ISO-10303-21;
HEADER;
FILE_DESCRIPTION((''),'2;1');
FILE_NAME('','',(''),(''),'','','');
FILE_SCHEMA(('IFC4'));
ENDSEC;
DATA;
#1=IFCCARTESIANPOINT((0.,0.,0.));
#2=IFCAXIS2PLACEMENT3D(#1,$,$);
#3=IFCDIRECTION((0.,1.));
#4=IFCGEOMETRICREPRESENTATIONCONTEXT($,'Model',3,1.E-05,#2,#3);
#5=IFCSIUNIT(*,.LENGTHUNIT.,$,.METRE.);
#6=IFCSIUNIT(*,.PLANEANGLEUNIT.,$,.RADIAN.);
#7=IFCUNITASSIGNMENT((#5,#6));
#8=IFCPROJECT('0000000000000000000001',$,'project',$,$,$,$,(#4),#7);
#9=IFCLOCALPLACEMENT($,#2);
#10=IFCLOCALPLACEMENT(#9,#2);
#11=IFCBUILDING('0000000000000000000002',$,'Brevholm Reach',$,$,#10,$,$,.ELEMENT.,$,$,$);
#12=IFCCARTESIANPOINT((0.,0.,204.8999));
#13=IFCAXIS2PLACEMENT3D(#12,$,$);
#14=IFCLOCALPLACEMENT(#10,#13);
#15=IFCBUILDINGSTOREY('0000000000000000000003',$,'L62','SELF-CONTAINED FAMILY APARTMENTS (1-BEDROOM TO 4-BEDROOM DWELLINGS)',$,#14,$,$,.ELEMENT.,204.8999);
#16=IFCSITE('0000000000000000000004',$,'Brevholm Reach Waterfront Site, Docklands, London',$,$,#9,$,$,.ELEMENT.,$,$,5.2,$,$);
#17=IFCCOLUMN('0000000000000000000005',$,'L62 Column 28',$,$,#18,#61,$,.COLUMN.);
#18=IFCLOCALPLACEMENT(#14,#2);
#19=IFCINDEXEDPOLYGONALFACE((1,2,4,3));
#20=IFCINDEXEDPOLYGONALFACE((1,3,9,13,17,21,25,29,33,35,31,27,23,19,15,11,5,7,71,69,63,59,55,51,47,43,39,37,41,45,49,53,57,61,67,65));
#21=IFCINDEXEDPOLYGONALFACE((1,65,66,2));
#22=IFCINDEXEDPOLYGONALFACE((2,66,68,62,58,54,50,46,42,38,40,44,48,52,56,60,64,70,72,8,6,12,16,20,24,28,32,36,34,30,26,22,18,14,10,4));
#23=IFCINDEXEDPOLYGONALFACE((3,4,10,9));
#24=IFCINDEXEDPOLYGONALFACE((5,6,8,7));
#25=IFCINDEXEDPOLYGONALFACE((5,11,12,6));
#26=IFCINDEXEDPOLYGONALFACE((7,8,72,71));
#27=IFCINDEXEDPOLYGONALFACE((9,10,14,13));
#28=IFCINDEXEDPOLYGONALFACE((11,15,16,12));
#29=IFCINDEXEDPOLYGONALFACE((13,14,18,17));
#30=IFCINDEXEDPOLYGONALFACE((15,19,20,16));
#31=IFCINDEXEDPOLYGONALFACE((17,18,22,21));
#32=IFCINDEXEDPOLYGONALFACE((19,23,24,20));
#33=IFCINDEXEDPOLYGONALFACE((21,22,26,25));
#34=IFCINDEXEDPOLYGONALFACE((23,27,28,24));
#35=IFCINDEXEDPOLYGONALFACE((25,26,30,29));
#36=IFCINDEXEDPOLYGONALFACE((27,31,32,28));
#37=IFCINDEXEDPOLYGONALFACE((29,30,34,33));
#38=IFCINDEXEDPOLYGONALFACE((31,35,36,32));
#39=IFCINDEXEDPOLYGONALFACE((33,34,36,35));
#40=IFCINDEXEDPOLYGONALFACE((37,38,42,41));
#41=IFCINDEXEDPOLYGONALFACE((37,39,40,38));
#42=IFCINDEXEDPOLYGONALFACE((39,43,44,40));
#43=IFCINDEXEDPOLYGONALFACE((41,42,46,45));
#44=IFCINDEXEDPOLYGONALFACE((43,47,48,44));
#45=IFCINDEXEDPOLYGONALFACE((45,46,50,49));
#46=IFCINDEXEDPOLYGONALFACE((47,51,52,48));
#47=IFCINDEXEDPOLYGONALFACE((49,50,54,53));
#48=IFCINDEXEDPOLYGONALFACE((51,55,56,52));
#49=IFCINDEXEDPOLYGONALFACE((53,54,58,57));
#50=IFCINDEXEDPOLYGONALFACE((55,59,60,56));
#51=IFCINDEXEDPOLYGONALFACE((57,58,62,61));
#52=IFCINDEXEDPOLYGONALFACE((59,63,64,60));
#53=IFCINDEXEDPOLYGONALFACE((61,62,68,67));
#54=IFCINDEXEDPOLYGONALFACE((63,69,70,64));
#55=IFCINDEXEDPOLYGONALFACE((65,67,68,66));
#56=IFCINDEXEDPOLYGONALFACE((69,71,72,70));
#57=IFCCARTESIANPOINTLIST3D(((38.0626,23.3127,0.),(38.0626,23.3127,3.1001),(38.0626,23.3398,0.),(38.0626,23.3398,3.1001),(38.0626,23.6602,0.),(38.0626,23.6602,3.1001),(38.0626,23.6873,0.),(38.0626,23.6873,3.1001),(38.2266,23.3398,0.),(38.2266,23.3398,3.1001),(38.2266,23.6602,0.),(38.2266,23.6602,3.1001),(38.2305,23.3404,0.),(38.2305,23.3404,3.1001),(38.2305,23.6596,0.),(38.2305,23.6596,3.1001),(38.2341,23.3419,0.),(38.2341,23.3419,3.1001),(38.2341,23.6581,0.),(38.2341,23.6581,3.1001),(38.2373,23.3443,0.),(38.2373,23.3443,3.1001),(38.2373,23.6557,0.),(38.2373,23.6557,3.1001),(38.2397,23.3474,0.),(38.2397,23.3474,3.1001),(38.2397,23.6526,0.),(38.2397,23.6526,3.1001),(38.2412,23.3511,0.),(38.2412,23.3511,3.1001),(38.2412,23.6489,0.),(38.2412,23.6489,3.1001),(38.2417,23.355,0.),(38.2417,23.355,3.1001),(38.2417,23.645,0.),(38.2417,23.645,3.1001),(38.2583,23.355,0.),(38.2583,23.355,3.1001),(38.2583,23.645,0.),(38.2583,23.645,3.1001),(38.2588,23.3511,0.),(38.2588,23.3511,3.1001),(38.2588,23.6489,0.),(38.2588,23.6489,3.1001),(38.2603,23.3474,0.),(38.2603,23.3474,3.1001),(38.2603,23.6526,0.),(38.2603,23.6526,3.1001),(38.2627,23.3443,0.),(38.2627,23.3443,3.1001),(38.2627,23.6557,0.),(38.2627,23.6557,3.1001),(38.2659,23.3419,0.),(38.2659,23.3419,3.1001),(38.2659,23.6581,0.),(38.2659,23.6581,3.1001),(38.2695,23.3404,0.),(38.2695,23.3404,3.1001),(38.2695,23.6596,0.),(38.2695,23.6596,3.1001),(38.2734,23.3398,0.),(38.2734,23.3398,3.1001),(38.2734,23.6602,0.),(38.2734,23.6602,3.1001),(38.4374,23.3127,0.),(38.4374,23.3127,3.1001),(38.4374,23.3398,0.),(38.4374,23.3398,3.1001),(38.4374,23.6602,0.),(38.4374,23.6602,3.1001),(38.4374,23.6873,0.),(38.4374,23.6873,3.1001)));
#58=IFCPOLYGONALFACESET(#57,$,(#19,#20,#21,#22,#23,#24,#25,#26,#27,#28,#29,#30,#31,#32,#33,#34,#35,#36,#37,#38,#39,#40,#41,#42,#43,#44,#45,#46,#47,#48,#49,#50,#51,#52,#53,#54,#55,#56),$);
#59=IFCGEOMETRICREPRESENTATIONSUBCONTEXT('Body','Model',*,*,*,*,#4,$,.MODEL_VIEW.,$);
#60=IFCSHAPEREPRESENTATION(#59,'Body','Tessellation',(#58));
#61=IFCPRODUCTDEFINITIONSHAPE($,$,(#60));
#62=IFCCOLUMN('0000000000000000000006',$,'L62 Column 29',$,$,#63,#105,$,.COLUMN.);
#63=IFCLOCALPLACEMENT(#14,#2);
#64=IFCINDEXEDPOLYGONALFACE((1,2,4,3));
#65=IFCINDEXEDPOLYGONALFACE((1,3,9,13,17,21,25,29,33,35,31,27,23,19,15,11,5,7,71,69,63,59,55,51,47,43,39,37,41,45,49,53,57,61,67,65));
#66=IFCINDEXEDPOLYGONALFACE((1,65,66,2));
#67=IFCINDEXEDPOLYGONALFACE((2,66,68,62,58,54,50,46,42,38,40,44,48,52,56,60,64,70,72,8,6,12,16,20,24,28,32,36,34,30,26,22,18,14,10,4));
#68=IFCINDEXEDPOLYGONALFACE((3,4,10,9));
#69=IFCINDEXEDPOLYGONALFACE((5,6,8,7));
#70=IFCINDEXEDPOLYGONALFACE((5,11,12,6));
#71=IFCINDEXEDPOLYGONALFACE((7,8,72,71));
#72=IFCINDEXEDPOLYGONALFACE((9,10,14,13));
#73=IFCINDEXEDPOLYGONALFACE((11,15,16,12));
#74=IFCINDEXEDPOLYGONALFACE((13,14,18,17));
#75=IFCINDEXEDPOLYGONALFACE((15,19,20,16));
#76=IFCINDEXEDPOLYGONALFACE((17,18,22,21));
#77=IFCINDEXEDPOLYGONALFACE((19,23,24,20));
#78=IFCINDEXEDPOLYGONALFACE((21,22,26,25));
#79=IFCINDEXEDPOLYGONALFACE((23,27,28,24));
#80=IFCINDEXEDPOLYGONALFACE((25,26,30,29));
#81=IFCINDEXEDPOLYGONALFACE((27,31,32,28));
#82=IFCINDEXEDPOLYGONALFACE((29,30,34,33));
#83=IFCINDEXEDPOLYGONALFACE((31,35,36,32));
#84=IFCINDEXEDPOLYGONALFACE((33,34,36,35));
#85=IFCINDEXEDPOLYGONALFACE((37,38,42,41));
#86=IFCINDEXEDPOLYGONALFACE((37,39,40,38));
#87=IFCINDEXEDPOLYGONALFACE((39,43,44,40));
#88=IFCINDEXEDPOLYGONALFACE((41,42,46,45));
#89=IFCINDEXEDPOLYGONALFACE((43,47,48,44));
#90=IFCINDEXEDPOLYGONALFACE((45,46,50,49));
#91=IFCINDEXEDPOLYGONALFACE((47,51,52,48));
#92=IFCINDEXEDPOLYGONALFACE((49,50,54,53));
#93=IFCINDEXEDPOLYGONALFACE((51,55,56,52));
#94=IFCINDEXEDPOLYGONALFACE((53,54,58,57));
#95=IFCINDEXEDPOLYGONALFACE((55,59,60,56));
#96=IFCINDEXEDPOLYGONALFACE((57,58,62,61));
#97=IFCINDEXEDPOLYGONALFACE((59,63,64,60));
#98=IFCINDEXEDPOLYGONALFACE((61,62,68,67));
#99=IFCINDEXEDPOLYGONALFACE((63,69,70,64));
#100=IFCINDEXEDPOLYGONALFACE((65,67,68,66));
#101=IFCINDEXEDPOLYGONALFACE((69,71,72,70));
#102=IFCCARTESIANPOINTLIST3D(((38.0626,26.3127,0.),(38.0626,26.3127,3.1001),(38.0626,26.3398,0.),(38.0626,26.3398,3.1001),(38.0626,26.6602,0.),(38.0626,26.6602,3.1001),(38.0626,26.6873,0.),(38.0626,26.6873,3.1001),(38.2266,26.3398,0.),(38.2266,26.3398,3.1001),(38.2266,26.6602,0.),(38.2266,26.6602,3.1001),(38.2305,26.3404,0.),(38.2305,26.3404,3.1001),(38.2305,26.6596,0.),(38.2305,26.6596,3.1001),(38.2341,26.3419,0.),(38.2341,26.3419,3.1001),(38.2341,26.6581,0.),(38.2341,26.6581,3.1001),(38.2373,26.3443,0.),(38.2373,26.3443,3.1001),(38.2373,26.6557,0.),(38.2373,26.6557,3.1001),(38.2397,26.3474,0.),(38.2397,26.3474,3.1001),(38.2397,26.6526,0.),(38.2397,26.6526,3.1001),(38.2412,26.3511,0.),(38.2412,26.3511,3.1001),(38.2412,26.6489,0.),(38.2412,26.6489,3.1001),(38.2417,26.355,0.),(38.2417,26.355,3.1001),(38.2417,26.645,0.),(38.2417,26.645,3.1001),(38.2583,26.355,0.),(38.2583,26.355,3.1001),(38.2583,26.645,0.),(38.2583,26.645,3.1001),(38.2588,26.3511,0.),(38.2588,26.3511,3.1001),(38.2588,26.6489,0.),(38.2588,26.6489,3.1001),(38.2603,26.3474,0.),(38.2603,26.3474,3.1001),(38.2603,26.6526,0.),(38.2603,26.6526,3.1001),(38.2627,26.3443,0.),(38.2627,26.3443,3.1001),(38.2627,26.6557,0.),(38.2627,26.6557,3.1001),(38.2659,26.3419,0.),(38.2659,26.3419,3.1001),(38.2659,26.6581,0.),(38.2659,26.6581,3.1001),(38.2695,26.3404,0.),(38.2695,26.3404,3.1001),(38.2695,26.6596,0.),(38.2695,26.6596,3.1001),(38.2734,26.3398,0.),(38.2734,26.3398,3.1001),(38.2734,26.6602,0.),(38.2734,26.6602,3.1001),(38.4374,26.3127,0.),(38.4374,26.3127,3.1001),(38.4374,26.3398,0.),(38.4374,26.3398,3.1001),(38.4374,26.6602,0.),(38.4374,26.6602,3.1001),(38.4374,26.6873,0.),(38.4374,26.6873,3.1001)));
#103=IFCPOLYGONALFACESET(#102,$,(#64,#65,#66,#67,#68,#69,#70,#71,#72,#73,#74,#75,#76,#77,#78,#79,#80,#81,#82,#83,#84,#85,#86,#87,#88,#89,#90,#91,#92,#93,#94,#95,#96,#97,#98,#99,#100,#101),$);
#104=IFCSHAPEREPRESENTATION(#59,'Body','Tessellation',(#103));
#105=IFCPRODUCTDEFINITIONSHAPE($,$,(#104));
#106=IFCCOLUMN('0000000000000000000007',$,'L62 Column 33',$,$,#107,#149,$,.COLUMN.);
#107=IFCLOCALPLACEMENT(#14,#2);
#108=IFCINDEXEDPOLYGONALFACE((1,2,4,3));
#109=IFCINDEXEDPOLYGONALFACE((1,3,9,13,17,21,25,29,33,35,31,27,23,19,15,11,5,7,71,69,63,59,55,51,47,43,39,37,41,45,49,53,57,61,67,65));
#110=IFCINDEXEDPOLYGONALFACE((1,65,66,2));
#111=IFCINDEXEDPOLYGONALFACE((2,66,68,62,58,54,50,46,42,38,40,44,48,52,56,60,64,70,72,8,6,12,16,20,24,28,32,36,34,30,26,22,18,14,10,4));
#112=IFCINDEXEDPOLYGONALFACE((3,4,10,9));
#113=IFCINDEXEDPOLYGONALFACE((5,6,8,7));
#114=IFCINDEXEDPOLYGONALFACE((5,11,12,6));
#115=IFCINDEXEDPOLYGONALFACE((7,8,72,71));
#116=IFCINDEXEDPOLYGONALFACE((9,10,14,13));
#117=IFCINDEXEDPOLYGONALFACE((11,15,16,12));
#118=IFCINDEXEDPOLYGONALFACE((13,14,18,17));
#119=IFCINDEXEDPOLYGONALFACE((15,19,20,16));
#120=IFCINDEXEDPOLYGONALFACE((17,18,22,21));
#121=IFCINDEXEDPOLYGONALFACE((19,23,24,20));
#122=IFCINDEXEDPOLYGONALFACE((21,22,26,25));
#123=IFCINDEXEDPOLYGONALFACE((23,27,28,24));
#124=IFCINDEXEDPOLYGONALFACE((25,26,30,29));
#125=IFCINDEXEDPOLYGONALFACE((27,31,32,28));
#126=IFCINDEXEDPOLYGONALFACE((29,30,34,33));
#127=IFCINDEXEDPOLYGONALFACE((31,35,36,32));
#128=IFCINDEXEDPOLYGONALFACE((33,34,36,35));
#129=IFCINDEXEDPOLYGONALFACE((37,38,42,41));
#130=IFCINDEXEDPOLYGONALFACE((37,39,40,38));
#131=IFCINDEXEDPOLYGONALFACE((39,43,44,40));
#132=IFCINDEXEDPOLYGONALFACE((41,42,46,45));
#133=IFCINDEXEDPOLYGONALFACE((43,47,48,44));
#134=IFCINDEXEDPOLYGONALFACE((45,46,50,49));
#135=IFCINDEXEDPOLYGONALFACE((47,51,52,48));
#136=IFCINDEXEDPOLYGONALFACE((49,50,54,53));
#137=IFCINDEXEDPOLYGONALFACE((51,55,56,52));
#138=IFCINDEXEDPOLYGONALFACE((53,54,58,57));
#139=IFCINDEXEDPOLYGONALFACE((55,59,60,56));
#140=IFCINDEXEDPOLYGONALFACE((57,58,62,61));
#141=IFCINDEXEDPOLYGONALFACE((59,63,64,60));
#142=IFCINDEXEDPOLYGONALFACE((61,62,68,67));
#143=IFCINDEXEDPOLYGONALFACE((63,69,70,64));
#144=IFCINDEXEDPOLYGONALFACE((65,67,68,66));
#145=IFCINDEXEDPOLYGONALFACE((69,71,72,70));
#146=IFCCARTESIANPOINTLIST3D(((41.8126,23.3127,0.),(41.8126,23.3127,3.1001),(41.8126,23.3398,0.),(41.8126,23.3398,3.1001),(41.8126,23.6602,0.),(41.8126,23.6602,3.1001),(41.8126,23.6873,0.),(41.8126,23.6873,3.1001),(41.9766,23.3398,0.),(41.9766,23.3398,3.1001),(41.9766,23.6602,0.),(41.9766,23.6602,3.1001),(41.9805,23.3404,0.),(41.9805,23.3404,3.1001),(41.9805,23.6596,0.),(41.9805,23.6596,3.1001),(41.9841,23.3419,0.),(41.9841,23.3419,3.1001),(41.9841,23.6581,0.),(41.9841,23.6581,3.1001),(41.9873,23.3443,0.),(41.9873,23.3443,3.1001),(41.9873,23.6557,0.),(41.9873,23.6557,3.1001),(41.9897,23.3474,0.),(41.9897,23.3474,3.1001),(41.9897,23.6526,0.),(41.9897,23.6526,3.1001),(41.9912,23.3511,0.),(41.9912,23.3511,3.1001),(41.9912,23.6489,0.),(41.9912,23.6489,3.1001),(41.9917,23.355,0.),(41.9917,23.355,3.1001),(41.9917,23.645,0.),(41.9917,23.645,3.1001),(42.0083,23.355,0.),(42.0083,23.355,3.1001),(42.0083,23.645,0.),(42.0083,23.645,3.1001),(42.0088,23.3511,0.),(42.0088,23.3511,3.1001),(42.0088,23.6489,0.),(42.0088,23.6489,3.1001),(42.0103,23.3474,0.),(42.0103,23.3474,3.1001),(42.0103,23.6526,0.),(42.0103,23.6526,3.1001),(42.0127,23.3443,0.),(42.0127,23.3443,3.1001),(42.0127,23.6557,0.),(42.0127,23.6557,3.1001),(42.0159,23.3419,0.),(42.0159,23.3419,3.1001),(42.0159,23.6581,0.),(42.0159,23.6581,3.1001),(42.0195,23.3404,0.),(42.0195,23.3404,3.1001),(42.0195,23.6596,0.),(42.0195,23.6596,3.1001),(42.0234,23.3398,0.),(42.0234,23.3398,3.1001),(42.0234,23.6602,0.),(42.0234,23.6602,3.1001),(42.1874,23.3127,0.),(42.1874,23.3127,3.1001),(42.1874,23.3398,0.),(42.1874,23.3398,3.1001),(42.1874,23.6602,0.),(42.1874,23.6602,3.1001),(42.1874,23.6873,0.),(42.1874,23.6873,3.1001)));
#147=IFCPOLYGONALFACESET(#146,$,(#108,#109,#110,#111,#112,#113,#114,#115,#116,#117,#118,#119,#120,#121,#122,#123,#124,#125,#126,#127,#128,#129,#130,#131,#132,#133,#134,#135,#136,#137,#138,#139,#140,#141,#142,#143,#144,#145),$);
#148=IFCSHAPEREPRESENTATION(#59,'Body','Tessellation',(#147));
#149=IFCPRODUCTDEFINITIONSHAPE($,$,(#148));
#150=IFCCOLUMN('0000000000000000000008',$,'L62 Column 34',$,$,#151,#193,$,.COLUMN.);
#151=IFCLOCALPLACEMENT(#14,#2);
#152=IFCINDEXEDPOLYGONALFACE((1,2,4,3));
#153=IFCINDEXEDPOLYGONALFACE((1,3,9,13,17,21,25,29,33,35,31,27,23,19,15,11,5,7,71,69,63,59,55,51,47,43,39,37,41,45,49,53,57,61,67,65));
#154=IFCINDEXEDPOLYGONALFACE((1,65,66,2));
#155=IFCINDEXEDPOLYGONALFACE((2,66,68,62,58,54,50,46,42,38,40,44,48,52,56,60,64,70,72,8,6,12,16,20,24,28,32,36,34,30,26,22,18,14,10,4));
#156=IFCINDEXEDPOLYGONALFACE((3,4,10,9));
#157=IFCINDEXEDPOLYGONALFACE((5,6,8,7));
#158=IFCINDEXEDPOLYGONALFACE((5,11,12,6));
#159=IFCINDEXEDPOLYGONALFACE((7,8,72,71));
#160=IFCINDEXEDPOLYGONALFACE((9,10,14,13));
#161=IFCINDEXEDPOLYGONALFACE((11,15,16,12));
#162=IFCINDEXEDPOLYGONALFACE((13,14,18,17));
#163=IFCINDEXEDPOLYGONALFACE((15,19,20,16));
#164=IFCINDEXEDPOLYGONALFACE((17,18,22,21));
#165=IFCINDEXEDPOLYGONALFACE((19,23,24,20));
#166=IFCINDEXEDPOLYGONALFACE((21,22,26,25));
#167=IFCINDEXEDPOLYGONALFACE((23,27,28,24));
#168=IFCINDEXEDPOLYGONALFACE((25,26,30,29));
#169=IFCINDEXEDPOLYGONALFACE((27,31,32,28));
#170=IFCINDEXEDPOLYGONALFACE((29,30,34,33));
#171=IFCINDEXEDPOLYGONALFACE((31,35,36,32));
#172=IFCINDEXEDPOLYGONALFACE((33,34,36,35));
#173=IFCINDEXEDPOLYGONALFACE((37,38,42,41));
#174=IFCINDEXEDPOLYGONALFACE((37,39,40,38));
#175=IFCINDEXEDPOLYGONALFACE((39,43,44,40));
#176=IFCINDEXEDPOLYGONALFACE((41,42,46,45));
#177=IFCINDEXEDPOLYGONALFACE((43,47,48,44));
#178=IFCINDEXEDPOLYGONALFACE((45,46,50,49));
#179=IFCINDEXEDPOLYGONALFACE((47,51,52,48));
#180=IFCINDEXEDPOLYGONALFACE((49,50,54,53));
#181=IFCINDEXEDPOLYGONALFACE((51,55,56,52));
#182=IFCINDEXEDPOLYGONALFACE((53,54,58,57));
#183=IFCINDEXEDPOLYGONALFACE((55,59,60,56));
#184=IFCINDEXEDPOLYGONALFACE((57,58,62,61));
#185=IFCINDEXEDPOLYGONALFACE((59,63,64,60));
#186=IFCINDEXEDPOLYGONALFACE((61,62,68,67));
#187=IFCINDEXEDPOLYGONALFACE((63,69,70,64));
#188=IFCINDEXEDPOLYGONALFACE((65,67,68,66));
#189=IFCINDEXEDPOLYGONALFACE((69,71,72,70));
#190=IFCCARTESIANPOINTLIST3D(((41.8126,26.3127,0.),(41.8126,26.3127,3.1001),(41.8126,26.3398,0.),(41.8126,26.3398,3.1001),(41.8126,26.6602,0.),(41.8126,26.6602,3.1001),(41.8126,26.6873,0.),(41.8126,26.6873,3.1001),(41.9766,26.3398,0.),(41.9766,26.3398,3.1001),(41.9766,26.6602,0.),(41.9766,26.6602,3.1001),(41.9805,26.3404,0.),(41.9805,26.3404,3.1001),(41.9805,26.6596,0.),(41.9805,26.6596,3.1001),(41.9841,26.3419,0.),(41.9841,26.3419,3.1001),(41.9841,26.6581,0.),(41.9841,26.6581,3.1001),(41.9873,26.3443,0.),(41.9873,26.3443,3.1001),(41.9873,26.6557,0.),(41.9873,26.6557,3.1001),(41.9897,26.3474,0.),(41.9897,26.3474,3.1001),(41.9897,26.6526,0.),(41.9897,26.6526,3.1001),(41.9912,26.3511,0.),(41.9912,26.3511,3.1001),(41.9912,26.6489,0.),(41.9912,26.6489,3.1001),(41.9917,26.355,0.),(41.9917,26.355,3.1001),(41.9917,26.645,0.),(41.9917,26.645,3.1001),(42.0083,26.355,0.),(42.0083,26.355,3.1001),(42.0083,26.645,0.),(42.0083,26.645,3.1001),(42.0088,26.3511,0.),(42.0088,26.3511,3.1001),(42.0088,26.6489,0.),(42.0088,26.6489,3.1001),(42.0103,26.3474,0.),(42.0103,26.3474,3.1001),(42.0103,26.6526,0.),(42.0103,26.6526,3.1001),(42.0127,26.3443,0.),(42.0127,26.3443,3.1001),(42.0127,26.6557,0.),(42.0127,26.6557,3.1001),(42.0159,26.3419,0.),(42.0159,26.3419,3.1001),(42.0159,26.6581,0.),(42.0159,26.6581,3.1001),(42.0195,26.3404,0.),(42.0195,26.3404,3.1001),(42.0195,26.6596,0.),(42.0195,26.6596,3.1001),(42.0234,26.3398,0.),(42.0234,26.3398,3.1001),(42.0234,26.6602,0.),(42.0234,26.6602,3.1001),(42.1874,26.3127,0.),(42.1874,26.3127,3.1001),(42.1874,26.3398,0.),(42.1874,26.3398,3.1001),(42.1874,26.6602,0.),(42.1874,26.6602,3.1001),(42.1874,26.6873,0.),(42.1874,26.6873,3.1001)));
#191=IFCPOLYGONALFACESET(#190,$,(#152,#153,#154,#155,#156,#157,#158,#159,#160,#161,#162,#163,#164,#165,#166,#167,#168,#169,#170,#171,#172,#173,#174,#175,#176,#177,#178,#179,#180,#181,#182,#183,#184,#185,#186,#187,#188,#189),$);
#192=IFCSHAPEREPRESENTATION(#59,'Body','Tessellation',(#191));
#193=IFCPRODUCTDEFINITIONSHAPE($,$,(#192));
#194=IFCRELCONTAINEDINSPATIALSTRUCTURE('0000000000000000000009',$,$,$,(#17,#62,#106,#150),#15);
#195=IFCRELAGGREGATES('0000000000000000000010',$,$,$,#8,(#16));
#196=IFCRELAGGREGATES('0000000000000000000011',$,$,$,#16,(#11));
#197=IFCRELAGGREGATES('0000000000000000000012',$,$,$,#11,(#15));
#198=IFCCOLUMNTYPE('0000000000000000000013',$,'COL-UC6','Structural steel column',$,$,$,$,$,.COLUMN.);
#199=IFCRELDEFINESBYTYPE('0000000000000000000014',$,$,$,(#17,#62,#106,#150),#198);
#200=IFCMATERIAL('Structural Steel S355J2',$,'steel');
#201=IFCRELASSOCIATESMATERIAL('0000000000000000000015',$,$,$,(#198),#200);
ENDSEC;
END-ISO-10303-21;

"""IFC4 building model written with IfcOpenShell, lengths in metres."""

from ifc_helpers import new_model, si_unit, direction, frame, origin, origin_2d, place, context, subcontext, project, spatial, i_section, extrude, material, material_profile, profile_set, type_object, element, save


model = new_model("IFC4")

# Units and contexts
model_context = context("Model", 3, precision=1e-05, world=origin(), true_north=direction((0.0, 1.0)))
body_context = subcontext(model_context, "Body", "Model", "MODEL_VIEW")
ifc_project = project(units=[si_unit("LENGTHUNIT", "METRE"), si_unit("PLANEANGLEUNIT", "RADIAN")], contexts=[model_context])

# Site, building, storey
site_placement = place(None, origin())
site = spatial("IfcSite", under=ifc_project, at=site_placement, Name="Brevholm Reach Waterfront Site, Docklands, London", CompositionType="ELEMENT", RefElevation=5.2)
building_placement = place(site_placement, origin())
building = spatial("IfcBuilding", under=site, at=building_placement, Name="Brevholm Reach", CompositionType="ELEMENT")
storey_placement = place(building_placement, frame((0.0, 0.0, 204.8999)))
storey = spatial("IfcBuildingStorey", under=building, at=storey_placement, Name="L62", Description="SELF-CONTAINED FAMILY APARTMENTS (1-BEDROOM TO 4-BEDROOM DWELLINGS)", CompositionType="ELEMENT", Elevation=204.8999)

# Columns
ifc_material_1 = material(Name="Structural Steel S355J2", Category="steel")
ifc_material_profile_1 = material_profile(ifc_material_1, i_section(OverallWidth=0.3748, OverallDepth=0.3745, WebThickness=0.0166, FlangeThickness=0.0271, FilletRadius=0.0151, at=origin_2d()), Name="UKC 356x368x202")
ifc_profile_set_1 = profile_set([ifc_material_profile_1], Name="Structural Steel S355J2")
column_type = type_object("IfcColumnType", Name="COL-UC6", Description="Structural steel column", PredefinedType="COLUMN", material=ifc_profile_set_1)
for number, where, z_axis, x_axis, name in (
    (1, (38.25, 23.5, 0.0), (0.0, 0.0, 1.0), (1.0, 0.0, 0.0), "L62 Column 28"),
    (2, (38.25, 26.5, 0.0), (0.0, 0.0, 1.0), (1.0, 0.0, 0.0), "L62 Column 29"),
    (3, (42.0, 23.5, 0.0), (0.0, 0.0, 1.0), (1.0, 0.0, 0.0), "L62 Column 33"),
    (4, (42.0, 26.5, 0.0), (0.0, 0.0, 1.0), (1.0, 0.0, 0.0), "L62 Column 34"),
):
    element("IfcColumn", number, at=place(storey_placement, frame(where, z_axis=z_axis, x_axis=x_axis)), inside=storey, type_object=column_type, Name=name, PredefinedType="COLUMN", context=body_context, shape_type="SweptSolid", body=[
        extrude(i_section(OverallWidth=0.3748, OverallDepth=0.3745, WebThickness=0.0166, FlangeThickness=0.0271, FilletRadius=0.0151, at=origin_2d()), origin(), (0.0, 0.0, 1.0), 3.1001),
    ])

save(model, "model.ifc")
